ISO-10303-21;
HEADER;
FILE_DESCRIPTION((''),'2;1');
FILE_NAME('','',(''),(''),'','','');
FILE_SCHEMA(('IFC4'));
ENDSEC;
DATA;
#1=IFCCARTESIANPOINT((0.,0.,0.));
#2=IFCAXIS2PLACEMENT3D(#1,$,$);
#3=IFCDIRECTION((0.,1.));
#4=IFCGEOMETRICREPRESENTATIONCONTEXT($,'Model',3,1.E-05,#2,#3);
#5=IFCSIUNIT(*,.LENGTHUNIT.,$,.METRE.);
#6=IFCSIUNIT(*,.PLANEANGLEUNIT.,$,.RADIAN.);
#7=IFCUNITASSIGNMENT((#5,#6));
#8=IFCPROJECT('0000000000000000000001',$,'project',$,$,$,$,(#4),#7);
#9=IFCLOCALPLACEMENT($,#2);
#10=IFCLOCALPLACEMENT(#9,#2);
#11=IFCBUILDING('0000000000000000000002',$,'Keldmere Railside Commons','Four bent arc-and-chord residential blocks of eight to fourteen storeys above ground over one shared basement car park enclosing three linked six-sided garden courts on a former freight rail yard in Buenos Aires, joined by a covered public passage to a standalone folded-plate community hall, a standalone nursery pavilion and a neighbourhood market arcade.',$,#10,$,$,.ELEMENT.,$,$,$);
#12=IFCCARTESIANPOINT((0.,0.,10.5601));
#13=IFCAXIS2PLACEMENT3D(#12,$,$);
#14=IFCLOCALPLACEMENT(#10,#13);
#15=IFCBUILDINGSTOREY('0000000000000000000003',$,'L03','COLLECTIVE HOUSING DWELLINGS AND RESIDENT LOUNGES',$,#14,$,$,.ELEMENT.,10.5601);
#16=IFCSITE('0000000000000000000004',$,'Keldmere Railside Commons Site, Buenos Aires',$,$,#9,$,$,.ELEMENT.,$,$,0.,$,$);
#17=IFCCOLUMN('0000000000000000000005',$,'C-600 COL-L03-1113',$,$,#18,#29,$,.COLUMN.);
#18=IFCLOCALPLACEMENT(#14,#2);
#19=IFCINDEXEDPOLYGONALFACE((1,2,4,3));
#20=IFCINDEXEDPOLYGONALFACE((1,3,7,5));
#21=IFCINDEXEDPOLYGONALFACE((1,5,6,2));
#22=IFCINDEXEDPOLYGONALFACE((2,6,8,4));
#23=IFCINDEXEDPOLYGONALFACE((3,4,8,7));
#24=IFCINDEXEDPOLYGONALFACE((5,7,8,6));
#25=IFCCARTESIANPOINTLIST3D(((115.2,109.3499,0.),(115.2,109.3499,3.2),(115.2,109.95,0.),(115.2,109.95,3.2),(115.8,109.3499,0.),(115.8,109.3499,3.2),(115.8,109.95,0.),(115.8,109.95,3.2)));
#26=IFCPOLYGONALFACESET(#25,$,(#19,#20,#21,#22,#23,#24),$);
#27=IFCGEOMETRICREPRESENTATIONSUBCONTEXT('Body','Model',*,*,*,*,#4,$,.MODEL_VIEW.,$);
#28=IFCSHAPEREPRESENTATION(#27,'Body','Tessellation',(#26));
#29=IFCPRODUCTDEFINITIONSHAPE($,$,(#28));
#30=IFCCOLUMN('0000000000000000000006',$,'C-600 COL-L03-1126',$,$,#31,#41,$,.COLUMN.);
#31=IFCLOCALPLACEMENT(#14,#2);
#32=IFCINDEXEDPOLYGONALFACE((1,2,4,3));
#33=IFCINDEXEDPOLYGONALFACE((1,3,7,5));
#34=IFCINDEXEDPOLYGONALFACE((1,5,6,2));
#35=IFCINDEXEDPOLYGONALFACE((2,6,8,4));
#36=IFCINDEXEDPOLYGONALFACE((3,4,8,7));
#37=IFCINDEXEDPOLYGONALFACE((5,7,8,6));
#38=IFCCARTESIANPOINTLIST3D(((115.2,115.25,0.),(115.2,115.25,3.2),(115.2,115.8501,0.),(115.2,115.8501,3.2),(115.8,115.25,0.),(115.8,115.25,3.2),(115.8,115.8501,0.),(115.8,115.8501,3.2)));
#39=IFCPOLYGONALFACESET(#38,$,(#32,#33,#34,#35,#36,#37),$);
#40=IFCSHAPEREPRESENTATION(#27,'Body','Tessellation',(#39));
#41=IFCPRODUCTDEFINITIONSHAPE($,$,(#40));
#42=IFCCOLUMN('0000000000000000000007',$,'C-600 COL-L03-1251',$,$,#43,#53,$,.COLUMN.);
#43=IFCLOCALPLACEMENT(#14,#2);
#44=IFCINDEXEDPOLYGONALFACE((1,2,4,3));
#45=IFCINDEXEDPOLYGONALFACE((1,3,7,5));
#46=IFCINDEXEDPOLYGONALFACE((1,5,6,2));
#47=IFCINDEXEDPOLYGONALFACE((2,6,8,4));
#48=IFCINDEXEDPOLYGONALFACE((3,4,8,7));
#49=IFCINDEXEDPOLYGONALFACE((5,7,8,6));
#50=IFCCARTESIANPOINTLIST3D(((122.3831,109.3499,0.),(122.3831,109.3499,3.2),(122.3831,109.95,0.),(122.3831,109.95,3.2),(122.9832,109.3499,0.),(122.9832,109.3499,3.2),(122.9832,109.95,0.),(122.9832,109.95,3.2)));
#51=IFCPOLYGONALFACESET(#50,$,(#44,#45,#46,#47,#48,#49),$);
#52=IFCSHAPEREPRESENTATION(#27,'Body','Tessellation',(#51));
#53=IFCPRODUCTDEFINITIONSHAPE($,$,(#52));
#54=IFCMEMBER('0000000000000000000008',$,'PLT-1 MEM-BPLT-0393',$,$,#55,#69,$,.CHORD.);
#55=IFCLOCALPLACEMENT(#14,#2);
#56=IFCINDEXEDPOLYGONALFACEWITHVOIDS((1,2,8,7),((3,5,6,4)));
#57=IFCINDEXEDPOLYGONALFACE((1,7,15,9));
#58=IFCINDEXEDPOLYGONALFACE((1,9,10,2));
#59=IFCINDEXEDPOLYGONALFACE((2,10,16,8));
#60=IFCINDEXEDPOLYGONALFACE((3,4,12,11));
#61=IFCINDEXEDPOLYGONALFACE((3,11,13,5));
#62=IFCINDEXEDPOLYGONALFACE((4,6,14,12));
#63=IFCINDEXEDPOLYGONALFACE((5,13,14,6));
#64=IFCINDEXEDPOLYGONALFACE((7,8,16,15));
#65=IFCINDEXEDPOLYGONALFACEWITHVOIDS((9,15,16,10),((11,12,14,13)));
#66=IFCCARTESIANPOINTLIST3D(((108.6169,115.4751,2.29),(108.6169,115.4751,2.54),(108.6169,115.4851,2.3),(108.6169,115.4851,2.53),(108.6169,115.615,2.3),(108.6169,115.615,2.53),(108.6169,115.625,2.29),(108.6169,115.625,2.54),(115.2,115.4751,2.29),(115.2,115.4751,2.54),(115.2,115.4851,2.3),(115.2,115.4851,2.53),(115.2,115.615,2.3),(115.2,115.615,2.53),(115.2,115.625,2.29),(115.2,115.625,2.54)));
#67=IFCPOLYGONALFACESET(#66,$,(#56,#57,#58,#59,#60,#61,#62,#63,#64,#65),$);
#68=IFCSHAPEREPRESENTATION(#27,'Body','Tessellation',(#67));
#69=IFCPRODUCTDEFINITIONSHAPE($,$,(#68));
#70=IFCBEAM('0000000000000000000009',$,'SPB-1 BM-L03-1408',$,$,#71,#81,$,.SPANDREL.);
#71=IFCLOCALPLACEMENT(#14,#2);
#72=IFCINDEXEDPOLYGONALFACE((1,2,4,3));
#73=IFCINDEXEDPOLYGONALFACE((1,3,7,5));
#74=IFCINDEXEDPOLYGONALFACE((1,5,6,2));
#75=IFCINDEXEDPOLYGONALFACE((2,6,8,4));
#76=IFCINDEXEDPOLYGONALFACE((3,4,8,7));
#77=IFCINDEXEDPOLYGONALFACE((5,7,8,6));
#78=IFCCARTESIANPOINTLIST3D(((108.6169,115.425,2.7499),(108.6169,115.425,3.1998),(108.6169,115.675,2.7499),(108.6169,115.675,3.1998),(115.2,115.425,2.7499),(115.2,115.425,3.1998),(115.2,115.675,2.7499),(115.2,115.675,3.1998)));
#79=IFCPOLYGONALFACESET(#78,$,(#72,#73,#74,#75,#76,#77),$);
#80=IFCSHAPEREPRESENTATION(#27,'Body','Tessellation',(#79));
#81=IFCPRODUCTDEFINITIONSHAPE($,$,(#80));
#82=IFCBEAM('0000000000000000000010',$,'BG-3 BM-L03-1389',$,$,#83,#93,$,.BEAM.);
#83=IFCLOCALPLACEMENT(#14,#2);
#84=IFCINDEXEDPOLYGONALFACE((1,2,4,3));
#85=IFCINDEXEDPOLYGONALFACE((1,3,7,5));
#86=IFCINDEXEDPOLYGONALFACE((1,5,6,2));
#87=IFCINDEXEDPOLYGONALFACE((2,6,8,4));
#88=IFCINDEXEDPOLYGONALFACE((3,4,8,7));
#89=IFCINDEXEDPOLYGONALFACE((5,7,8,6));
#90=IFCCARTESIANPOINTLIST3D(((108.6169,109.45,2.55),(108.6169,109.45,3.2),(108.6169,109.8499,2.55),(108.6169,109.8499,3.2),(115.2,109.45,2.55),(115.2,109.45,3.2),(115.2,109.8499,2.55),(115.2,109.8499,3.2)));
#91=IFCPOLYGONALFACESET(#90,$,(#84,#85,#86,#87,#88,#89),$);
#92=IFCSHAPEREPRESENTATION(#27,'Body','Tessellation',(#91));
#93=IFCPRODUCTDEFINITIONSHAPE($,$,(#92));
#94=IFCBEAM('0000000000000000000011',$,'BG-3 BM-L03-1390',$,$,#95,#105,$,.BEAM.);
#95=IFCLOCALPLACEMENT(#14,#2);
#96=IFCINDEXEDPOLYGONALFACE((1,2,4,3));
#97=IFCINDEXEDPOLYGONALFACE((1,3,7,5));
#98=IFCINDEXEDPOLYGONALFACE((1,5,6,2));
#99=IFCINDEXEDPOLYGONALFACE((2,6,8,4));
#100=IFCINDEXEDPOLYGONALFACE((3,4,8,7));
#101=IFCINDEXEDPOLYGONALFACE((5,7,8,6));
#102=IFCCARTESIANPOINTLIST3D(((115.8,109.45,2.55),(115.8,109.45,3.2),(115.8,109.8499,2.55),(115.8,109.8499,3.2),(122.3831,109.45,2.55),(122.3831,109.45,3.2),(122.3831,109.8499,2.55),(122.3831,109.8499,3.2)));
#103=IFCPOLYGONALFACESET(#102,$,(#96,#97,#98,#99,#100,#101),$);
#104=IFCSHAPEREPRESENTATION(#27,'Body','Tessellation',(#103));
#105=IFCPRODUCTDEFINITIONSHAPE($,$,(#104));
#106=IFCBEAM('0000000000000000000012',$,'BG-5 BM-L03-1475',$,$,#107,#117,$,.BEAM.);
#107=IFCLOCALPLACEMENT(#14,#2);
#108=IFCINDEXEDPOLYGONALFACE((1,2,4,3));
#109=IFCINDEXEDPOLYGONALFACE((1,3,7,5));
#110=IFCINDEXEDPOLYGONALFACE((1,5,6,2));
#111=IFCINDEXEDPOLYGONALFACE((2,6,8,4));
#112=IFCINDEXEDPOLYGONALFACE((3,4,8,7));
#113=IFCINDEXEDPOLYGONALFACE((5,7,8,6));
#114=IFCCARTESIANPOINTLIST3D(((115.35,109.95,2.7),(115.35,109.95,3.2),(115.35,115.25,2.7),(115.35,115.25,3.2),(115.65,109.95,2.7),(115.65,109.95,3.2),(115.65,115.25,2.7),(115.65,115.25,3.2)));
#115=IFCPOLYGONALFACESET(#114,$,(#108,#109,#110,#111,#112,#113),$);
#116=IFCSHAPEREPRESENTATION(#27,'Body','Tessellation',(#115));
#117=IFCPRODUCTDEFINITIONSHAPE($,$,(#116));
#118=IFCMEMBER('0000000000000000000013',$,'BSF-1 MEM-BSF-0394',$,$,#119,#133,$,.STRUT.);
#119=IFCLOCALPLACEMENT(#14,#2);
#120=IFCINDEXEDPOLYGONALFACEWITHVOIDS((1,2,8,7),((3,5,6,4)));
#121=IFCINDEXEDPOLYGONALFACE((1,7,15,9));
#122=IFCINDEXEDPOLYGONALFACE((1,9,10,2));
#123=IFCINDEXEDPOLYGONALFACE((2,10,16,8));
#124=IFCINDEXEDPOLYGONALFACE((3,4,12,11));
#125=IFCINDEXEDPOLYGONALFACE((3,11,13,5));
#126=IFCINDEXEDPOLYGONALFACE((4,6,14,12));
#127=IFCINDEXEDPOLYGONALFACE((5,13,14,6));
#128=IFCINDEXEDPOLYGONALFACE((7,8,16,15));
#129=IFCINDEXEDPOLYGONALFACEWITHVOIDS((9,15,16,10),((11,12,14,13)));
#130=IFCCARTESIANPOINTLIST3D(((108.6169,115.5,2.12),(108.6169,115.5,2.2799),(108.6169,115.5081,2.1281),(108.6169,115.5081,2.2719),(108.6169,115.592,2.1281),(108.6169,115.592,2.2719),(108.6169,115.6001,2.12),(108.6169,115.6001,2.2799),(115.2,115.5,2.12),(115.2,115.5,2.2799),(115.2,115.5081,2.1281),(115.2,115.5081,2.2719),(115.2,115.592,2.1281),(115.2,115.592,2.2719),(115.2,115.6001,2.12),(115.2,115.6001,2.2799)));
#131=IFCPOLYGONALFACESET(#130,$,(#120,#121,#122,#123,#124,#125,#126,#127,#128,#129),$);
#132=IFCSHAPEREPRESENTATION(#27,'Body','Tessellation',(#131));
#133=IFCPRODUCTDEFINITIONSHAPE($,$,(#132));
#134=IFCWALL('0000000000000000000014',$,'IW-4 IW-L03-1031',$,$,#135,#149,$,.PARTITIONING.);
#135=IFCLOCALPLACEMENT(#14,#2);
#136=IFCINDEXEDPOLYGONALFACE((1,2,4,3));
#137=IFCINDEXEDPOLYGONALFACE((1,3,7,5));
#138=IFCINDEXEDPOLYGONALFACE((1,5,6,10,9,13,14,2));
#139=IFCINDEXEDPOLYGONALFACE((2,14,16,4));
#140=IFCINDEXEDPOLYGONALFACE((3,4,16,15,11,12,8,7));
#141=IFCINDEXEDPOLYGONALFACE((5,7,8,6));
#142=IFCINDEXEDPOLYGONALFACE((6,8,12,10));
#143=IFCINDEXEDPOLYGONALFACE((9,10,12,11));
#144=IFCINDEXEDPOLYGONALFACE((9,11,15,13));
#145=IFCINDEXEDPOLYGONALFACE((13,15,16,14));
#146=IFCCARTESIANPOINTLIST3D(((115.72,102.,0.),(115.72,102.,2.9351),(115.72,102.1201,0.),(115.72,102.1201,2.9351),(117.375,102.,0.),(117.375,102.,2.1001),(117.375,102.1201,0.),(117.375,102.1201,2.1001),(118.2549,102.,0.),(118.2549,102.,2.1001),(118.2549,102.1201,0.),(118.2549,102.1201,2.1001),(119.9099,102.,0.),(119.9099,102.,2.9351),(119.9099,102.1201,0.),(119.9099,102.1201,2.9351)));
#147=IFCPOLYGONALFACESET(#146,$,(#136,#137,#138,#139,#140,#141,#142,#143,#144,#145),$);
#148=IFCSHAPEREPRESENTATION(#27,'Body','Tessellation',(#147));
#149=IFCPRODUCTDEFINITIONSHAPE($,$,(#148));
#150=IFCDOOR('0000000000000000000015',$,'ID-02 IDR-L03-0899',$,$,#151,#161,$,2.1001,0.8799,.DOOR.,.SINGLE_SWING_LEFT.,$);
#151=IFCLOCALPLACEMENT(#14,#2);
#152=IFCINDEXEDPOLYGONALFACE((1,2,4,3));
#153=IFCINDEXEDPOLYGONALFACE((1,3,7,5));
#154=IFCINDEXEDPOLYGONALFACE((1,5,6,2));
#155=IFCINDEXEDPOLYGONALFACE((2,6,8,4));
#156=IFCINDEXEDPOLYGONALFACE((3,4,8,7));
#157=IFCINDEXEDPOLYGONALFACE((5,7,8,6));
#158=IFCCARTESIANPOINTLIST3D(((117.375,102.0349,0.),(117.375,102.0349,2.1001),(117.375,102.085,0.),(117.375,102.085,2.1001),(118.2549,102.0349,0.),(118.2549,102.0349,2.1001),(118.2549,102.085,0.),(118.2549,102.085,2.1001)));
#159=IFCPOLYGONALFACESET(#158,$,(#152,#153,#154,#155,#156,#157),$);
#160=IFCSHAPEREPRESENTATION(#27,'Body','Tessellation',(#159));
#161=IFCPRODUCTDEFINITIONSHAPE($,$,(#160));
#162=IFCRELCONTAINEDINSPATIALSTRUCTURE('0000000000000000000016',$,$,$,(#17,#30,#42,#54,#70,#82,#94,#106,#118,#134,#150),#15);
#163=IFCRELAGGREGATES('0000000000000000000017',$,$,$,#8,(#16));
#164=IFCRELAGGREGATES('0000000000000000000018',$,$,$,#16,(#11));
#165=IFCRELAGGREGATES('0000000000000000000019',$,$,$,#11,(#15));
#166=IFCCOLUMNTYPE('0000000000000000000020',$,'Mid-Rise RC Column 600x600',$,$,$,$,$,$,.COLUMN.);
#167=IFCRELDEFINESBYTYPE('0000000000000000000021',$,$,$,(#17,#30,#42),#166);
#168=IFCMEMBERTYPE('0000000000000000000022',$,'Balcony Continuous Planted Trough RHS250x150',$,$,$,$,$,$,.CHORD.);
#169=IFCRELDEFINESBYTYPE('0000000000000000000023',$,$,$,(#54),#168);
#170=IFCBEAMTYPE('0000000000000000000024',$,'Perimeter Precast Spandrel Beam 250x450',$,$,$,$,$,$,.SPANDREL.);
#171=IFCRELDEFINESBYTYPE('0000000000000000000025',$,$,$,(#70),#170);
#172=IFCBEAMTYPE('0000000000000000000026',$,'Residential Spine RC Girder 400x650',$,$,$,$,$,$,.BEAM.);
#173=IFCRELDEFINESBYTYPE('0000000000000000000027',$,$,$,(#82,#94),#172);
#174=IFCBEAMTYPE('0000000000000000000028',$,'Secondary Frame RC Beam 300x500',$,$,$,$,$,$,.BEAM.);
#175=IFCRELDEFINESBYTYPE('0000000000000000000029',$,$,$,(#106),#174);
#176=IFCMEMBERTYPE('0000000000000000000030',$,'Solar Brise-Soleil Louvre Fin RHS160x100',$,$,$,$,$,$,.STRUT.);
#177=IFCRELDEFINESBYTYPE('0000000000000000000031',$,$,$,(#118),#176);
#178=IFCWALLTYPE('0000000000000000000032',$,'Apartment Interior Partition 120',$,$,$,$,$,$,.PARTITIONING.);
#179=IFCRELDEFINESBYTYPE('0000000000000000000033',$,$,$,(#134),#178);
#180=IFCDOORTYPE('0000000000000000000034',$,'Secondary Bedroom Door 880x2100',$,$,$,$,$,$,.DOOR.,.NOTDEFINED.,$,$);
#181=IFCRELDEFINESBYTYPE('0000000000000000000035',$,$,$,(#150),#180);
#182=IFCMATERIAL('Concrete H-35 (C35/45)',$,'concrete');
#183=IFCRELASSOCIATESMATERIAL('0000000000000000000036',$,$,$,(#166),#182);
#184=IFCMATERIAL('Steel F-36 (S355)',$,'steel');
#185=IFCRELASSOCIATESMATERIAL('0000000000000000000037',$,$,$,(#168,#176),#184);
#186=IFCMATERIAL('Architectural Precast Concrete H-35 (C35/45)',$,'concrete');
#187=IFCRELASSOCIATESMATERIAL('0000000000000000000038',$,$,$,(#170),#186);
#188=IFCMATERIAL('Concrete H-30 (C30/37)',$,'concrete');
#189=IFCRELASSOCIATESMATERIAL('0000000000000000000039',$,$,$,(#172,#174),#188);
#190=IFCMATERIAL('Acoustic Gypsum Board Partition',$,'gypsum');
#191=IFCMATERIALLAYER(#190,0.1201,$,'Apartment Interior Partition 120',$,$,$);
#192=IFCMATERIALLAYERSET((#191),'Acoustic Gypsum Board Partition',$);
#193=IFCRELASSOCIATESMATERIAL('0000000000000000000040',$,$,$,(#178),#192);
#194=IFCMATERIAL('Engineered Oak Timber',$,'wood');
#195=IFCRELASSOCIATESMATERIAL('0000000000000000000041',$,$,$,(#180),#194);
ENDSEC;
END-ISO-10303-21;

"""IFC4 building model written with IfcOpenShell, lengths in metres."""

from ifc_helpers import new_model, si_unit, direction, frame, frame_2d, origin, origin_2d, place, context, subcontext, project, spatial, rectangle, hollow_rectangle, extrude, material, layer, layer_set, material_profile, profile_set, type_object, element, fill, save


model = new_model("IFC4")

# Units and contexts
model_context = context("Model", 3, precision=1e-05, world=origin(), true_north=direction((0.0, 1.0)))
body_context = subcontext(model_context, "Body", "Model", "MODEL_VIEW")
ifc_project = project(units=[si_unit("LENGTHUNIT", "METRE"), si_unit("PLANEANGLEUNIT", "RADIAN")], contexts=[model_context])

# Site, building, storey
site_placement = place(None, origin())
site = spatial("IfcSite", under=ifc_project, at=site_placement, Name="Keldmere Railside Commons Site, Buenos Aires", CompositionType="ELEMENT", RefElevation=0.0)
building_placement = place(site_placement, origin())
building = spatial("IfcBuilding", under=site, at=building_placement, Name="Keldmere Railside Commons", Description="Four bent arc-and-chord residential blocks of eight to fourteen storeys above ground over one shared basement car park enclosing three linked six-sided garden courts on a former freight rail yard in Buenos Aires, joined by a covered public passage to a standalone folded-plate community hall, a standalone nursery pavilion and a neighbourhood market arcade.", CompositionType="ELEMENT")
storey_placement = place(building_placement, frame((0.0, 0.0, 10.5601)))
storey = spatial("IfcBuildingStorey", under=building, at=storey_placement, Name="L03", Description="COLLECTIVE HOUSING DWELLINGS AND RESIDENT LOUNGES", CompositionType="ELEMENT", Elevation=10.5601)

# Columns
ifc_material_1 = material(Name="Concrete H-35 (C35/45)", Category="concrete")
ifc_material_profile_1 = material_profile(ifc_material_1, rectangle(XDim=0.6001, YDim=0.6001, at=origin_2d()), Name="RC-600x600")
ifc_profile_set_1 = profile_set([ifc_material_profile_1], Name="Concrete H-35 (C35/45)")
column_type = type_object("IfcColumnType", Name="Mid-Rise RC Column 600x600", PredefinedType="COLUMN", material=ifc_profile_set_1)
for number, where, z_axis, x_axis, name in (
    (1, (115.5, 109.6499, 0.0), (0.0, 0.0, 1.0), (1.0, 0.0, 0.0), "C-600 COL-L03-1113"),
    (2, (115.5, 115.55, 0.0), (0.0, 0.0, 1.0), (1.0, 0.0, 0.0), "C-600 COL-L03-1126"),
    (3, (122.6831, 109.6499, 0.0), (0.0, 0.0, 1.0), (1.0, 0.0, 0.0), "C-600 COL-L03-1251"),
):
    element("IfcColumn", number, at=place(storey_placement, frame(where, z_axis=z_axis, x_axis=x_axis)), inside=storey, type_object=column_type, Name=name, PredefinedType="COLUMN", context=body_context, shape_type="SweptSolid", body=[
        extrude(rectangle(XDim=0.6001, YDim=0.6001, at=origin_2d()), origin(), (0.0, 0.0, 1.0), 3.2),
    ])

# Member
ifc_material_2 = material(Name="Steel F-36 (S355)", Category="steel")
ifc_material_profile_2 = material_profile(ifc_material_2, hollow_rectangle(XDim=0.1499, YDim=0.25, WallThickness=0.01, at=origin_2d()), Name="RHS-250x150x10")
ifc_profile_set_2 = profile_set([ifc_material_profile_2], Name="Steel F-36 (S355)")
member_type_1 = type_object("IfcMemberType", Name="Balcony Continuous Planted Trough RHS250x150", PredefinedType="CHORD", material=ifc_profile_set_2)
member_1_placement = place(storey_placement, frame((108.6169, 115.55, 2.415), z_axis=(1.0, 0.0, 0.0), x_axis=(0.0, 1.0, 0.0)))
element("IfcMember", 4, at=member_1_placement, inside=storey, type_object=member_type_1, Name="PLT-1 MEM-BPLT-0393", PredefinedType="CHORD", context=body_context, shape_type="SweptSolid", body=[
    extrude(hollow_rectangle(XDim=0.1499, YDim=0.25, WallThickness=0.01, at=origin_2d()), origin(), (0.0, 0.0, 1.0), 6.583),
])

# Beams
ifc_material_3 = material(Name="Architectural Precast Concrete H-35 (C35/45)", Category="concrete")
ifc_material_profile_3 = material_profile(ifc_material_3, rectangle(XDim=0.25, YDim=0.45, at=origin_2d()), Name="RC-250x450")
ifc_profile_set_3 = profile_set([ifc_material_profile_3], Name="Architectural Precast Concrete H-35 (C35/45)")
beam_type_1 = type_object("IfcBeamType", Name="Perimeter Precast Spandrel Beam 250x450", PredefinedType="SPANDREL", material=ifc_profile_set_3)
beam_1_placement = place(storey_placement, frame((108.6169, 115.55, 2.9749), z_axis=(1.0, 0.0, 0.0), x_axis=(0.0, 1.0, 0.0)))
element("IfcBeam", 5, at=beam_1_placement, inside=storey, type_object=beam_type_1, Name="SPB-1 BM-L03-1408", PredefinedType="SPANDREL", context=body_context, shape_type="SweptSolid", body=[
    extrude(rectangle(XDim=0.25, YDim=0.45, at=origin_2d()), origin(), (0.0, 0.0, 1.0), 6.583),
])
ifc_material_4 = material(Name="Concrete H-30 (C30/37)", Category="concrete")
ifc_material_profile_4 = material_profile(ifc_material_4, rectangle(XDim=0.3999, YDim=0.6499, at=origin_2d()), Name="RC-400x650")
ifc_profile_set_4 = profile_set([ifc_material_profile_4], Name="Concrete H-30 (C30/37)")
beam_type_2 = type_object("IfcBeamType", Name="Residential Spine RC Girder 400x650", PredefinedType="BEAM", material=ifc_profile_set_4)
for number, where, z_axis, x_axis, name in (
    (6, (108.6169, 109.6499, 2.875), (1.0, 0.0, 0.0), (0.0, 1.0, 0.0), "BG-3 BM-L03-1389"),
    (7, (115.8, 109.6499, 2.875), (1.0, 0.0, 0.0), (0.0, 1.0, 0.0), "BG-3 BM-L03-1390"),
):
    element("IfcBeam", number, at=place(storey_placement, frame(where, z_axis=z_axis, x_axis=x_axis)), inside=storey, type_object=beam_type_2, Name=name, PredefinedType="BEAM", context=body_context, shape_type="SweptSolid", body=[
        extrude(rectangle(XDim=0.3999, YDim=0.6499, at=origin_2d()), origin(), (0.0, 0.0, 1.0), 6.583),
    ])
ifc_material_profile_5 = material_profile(ifc_material_4, rectangle(XDim=0.3, YDim=0.5, at=origin_2d()), Name="RC-300x500")
ifc_profile_set_5 = profile_set([ifc_material_profile_5], Name="Concrete H-30 (C30/37)")
beam_type_3 = type_object("IfcBeamType", Name="Secondary Frame RC Beam 300x500", PredefinedType="BEAM", material=ifc_profile_set_5)
beam_2_placement = place(storey_placement, frame((115.5, 109.95, 2.95), z_axis=(0.0, 1.0, 0.0), x_axis=(-1.0, 0.0, 0.0)))
element("IfcBeam", 8, at=beam_2_placement, inside=storey, type_object=beam_type_3, Name="BG-5 BM-L03-1475", PredefinedType="BEAM", context=body_context, shape_type="SweptSolid", body=[
    extrude(rectangle(XDim=0.3, YDim=0.5, at=origin_2d()), origin(), (0.0, 0.0, 1.0), 5.3),
])

# Member
ifc_material_profile_6 = material_profile(ifc_material_2, hollow_rectangle(XDim=0.1001, YDim=0.1599, WallThickness=0.0081, at=origin_2d()), Name="RHS-160x100x8")
ifc_profile_set_6 = profile_set([ifc_material_profile_6], Name="Steel F-36 (S355)")
member_type_2 = type_object("IfcMemberType", Name="Solar Brise-Soleil Louvre Fin RHS160x100", PredefinedType="STRUT", material=ifc_profile_set_6)
member_2_placement = place(storey_placement, frame((108.6169, 115.55, 2.2), z_axis=(1.0, 0.0, 0.0), x_axis=(0.0, 1.0, 0.0)))
element("IfcMember", 9, at=member_2_placement, inside=storey, type_object=member_type_2, Name="BSF-1 MEM-BSF-0394", PredefinedType="STRUT", context=body_context, shape_type="SweptSolid", body=[
    extrude(hollow_rectangle(XDim=0.1001, YDim=0.1599, WallThickness=0.0081, at=origin_2d()), origin(), (0.0, 0.0, 1.0), 6.583),
])

# Wall, opening, door
ifc_material_5 = material(Name="Acoustic Gypsum Board Partition", Category="gypsum")
ifc_layer_1 = layer(ifc_material_5, 0.1201, Name="Apartment Interior Partition 120")
ifc_layer_set_1 = layer_set([ifc_layer_1], Name="Acoustic Gypsum Board Partition")
wall_type_1 = type_object("IfcWallType", Name="Apartment Interior Partition 120", PredefinedType="PARTITIONING", material=ifc_layer_set_1)
wall_1_placement = place(storey_placement, frame((115.72, 102.0601, 0.0), z_axis=(0.0, 0.0, 1.0), x_axis=(1.0, 0.0, 0.0)))
wall_1 = element("IfcWall", 10, at=wall_1_placement, inside=storey, type_object=wall_type_1, Name="IW-4 IW-L03-1031", PredefinedType="PARTITIONING", context=body_context, shape_type="SweptSolid", body=[
    extrude(rectangle(XDim=4.1899, YDim=0.1201, at=frame_2d((2.095, 0.0))), origin(), (0.0, 0.0, 1.0), 2.9351),
])
opening_1_placement = place(wall_1_placement, frame((1.655, 0.0, 0.0)))
opening_1 = element("IfcOpeningElement", 11, at=opening_1_placement, cuts=wall_1, PredefinedType="OPENING", context=body_context, shape_type="SweptSolid", body=[
    extrude(rectangle(XDim=0.8799, YDim=2.1001, at=frame_2d((0.4399, 1.05))), frame((0.0, 0.0701, 0.0), z_axis=(0.0, -1.0, 0.0), x_axis=(1.0, 0.0, 0.0)), (0.0, 0.0, 1.0), 0.1401),
])
ifc_material_6 = material(Name="Engineered Oak Timber", Category="wood")
door_type_1 = type_object("IfcDoorType", Name="Secondary Bedroom Door 880x2100", OperationType="NOTDEFINED", PredefinedType="DOOR", material=ifc_material_6)
door_1_placement = place(opening_1_placement, origin())
door_1 = element("IfcDoor", 12, at=door_1_placement, inside=storey, type_object=door_type_1, Name="ID-02 IDR-L03-0899", OperationType="SINGLE_SWING_LEFT", OverallHeight=2.1001, OverallWidth=0.8799, PredefinedType="DOOR", context=body_context, shape_type="SweptSolid", body=[
    extrude(rectangle(XDim=0.8799, YDim=2.1001, at=frame_2d((0.4399, 1.05))), frame((0.0, 0.0249, 0.0), z_axis=(0.0, -1.0, 0.0), x_axis=(1.0, 0.0, 0.0)), (0.0, 0.0, 1.0), 0.05),
])
fill(opening_1, door_1)

save(model, "model.ifc")
